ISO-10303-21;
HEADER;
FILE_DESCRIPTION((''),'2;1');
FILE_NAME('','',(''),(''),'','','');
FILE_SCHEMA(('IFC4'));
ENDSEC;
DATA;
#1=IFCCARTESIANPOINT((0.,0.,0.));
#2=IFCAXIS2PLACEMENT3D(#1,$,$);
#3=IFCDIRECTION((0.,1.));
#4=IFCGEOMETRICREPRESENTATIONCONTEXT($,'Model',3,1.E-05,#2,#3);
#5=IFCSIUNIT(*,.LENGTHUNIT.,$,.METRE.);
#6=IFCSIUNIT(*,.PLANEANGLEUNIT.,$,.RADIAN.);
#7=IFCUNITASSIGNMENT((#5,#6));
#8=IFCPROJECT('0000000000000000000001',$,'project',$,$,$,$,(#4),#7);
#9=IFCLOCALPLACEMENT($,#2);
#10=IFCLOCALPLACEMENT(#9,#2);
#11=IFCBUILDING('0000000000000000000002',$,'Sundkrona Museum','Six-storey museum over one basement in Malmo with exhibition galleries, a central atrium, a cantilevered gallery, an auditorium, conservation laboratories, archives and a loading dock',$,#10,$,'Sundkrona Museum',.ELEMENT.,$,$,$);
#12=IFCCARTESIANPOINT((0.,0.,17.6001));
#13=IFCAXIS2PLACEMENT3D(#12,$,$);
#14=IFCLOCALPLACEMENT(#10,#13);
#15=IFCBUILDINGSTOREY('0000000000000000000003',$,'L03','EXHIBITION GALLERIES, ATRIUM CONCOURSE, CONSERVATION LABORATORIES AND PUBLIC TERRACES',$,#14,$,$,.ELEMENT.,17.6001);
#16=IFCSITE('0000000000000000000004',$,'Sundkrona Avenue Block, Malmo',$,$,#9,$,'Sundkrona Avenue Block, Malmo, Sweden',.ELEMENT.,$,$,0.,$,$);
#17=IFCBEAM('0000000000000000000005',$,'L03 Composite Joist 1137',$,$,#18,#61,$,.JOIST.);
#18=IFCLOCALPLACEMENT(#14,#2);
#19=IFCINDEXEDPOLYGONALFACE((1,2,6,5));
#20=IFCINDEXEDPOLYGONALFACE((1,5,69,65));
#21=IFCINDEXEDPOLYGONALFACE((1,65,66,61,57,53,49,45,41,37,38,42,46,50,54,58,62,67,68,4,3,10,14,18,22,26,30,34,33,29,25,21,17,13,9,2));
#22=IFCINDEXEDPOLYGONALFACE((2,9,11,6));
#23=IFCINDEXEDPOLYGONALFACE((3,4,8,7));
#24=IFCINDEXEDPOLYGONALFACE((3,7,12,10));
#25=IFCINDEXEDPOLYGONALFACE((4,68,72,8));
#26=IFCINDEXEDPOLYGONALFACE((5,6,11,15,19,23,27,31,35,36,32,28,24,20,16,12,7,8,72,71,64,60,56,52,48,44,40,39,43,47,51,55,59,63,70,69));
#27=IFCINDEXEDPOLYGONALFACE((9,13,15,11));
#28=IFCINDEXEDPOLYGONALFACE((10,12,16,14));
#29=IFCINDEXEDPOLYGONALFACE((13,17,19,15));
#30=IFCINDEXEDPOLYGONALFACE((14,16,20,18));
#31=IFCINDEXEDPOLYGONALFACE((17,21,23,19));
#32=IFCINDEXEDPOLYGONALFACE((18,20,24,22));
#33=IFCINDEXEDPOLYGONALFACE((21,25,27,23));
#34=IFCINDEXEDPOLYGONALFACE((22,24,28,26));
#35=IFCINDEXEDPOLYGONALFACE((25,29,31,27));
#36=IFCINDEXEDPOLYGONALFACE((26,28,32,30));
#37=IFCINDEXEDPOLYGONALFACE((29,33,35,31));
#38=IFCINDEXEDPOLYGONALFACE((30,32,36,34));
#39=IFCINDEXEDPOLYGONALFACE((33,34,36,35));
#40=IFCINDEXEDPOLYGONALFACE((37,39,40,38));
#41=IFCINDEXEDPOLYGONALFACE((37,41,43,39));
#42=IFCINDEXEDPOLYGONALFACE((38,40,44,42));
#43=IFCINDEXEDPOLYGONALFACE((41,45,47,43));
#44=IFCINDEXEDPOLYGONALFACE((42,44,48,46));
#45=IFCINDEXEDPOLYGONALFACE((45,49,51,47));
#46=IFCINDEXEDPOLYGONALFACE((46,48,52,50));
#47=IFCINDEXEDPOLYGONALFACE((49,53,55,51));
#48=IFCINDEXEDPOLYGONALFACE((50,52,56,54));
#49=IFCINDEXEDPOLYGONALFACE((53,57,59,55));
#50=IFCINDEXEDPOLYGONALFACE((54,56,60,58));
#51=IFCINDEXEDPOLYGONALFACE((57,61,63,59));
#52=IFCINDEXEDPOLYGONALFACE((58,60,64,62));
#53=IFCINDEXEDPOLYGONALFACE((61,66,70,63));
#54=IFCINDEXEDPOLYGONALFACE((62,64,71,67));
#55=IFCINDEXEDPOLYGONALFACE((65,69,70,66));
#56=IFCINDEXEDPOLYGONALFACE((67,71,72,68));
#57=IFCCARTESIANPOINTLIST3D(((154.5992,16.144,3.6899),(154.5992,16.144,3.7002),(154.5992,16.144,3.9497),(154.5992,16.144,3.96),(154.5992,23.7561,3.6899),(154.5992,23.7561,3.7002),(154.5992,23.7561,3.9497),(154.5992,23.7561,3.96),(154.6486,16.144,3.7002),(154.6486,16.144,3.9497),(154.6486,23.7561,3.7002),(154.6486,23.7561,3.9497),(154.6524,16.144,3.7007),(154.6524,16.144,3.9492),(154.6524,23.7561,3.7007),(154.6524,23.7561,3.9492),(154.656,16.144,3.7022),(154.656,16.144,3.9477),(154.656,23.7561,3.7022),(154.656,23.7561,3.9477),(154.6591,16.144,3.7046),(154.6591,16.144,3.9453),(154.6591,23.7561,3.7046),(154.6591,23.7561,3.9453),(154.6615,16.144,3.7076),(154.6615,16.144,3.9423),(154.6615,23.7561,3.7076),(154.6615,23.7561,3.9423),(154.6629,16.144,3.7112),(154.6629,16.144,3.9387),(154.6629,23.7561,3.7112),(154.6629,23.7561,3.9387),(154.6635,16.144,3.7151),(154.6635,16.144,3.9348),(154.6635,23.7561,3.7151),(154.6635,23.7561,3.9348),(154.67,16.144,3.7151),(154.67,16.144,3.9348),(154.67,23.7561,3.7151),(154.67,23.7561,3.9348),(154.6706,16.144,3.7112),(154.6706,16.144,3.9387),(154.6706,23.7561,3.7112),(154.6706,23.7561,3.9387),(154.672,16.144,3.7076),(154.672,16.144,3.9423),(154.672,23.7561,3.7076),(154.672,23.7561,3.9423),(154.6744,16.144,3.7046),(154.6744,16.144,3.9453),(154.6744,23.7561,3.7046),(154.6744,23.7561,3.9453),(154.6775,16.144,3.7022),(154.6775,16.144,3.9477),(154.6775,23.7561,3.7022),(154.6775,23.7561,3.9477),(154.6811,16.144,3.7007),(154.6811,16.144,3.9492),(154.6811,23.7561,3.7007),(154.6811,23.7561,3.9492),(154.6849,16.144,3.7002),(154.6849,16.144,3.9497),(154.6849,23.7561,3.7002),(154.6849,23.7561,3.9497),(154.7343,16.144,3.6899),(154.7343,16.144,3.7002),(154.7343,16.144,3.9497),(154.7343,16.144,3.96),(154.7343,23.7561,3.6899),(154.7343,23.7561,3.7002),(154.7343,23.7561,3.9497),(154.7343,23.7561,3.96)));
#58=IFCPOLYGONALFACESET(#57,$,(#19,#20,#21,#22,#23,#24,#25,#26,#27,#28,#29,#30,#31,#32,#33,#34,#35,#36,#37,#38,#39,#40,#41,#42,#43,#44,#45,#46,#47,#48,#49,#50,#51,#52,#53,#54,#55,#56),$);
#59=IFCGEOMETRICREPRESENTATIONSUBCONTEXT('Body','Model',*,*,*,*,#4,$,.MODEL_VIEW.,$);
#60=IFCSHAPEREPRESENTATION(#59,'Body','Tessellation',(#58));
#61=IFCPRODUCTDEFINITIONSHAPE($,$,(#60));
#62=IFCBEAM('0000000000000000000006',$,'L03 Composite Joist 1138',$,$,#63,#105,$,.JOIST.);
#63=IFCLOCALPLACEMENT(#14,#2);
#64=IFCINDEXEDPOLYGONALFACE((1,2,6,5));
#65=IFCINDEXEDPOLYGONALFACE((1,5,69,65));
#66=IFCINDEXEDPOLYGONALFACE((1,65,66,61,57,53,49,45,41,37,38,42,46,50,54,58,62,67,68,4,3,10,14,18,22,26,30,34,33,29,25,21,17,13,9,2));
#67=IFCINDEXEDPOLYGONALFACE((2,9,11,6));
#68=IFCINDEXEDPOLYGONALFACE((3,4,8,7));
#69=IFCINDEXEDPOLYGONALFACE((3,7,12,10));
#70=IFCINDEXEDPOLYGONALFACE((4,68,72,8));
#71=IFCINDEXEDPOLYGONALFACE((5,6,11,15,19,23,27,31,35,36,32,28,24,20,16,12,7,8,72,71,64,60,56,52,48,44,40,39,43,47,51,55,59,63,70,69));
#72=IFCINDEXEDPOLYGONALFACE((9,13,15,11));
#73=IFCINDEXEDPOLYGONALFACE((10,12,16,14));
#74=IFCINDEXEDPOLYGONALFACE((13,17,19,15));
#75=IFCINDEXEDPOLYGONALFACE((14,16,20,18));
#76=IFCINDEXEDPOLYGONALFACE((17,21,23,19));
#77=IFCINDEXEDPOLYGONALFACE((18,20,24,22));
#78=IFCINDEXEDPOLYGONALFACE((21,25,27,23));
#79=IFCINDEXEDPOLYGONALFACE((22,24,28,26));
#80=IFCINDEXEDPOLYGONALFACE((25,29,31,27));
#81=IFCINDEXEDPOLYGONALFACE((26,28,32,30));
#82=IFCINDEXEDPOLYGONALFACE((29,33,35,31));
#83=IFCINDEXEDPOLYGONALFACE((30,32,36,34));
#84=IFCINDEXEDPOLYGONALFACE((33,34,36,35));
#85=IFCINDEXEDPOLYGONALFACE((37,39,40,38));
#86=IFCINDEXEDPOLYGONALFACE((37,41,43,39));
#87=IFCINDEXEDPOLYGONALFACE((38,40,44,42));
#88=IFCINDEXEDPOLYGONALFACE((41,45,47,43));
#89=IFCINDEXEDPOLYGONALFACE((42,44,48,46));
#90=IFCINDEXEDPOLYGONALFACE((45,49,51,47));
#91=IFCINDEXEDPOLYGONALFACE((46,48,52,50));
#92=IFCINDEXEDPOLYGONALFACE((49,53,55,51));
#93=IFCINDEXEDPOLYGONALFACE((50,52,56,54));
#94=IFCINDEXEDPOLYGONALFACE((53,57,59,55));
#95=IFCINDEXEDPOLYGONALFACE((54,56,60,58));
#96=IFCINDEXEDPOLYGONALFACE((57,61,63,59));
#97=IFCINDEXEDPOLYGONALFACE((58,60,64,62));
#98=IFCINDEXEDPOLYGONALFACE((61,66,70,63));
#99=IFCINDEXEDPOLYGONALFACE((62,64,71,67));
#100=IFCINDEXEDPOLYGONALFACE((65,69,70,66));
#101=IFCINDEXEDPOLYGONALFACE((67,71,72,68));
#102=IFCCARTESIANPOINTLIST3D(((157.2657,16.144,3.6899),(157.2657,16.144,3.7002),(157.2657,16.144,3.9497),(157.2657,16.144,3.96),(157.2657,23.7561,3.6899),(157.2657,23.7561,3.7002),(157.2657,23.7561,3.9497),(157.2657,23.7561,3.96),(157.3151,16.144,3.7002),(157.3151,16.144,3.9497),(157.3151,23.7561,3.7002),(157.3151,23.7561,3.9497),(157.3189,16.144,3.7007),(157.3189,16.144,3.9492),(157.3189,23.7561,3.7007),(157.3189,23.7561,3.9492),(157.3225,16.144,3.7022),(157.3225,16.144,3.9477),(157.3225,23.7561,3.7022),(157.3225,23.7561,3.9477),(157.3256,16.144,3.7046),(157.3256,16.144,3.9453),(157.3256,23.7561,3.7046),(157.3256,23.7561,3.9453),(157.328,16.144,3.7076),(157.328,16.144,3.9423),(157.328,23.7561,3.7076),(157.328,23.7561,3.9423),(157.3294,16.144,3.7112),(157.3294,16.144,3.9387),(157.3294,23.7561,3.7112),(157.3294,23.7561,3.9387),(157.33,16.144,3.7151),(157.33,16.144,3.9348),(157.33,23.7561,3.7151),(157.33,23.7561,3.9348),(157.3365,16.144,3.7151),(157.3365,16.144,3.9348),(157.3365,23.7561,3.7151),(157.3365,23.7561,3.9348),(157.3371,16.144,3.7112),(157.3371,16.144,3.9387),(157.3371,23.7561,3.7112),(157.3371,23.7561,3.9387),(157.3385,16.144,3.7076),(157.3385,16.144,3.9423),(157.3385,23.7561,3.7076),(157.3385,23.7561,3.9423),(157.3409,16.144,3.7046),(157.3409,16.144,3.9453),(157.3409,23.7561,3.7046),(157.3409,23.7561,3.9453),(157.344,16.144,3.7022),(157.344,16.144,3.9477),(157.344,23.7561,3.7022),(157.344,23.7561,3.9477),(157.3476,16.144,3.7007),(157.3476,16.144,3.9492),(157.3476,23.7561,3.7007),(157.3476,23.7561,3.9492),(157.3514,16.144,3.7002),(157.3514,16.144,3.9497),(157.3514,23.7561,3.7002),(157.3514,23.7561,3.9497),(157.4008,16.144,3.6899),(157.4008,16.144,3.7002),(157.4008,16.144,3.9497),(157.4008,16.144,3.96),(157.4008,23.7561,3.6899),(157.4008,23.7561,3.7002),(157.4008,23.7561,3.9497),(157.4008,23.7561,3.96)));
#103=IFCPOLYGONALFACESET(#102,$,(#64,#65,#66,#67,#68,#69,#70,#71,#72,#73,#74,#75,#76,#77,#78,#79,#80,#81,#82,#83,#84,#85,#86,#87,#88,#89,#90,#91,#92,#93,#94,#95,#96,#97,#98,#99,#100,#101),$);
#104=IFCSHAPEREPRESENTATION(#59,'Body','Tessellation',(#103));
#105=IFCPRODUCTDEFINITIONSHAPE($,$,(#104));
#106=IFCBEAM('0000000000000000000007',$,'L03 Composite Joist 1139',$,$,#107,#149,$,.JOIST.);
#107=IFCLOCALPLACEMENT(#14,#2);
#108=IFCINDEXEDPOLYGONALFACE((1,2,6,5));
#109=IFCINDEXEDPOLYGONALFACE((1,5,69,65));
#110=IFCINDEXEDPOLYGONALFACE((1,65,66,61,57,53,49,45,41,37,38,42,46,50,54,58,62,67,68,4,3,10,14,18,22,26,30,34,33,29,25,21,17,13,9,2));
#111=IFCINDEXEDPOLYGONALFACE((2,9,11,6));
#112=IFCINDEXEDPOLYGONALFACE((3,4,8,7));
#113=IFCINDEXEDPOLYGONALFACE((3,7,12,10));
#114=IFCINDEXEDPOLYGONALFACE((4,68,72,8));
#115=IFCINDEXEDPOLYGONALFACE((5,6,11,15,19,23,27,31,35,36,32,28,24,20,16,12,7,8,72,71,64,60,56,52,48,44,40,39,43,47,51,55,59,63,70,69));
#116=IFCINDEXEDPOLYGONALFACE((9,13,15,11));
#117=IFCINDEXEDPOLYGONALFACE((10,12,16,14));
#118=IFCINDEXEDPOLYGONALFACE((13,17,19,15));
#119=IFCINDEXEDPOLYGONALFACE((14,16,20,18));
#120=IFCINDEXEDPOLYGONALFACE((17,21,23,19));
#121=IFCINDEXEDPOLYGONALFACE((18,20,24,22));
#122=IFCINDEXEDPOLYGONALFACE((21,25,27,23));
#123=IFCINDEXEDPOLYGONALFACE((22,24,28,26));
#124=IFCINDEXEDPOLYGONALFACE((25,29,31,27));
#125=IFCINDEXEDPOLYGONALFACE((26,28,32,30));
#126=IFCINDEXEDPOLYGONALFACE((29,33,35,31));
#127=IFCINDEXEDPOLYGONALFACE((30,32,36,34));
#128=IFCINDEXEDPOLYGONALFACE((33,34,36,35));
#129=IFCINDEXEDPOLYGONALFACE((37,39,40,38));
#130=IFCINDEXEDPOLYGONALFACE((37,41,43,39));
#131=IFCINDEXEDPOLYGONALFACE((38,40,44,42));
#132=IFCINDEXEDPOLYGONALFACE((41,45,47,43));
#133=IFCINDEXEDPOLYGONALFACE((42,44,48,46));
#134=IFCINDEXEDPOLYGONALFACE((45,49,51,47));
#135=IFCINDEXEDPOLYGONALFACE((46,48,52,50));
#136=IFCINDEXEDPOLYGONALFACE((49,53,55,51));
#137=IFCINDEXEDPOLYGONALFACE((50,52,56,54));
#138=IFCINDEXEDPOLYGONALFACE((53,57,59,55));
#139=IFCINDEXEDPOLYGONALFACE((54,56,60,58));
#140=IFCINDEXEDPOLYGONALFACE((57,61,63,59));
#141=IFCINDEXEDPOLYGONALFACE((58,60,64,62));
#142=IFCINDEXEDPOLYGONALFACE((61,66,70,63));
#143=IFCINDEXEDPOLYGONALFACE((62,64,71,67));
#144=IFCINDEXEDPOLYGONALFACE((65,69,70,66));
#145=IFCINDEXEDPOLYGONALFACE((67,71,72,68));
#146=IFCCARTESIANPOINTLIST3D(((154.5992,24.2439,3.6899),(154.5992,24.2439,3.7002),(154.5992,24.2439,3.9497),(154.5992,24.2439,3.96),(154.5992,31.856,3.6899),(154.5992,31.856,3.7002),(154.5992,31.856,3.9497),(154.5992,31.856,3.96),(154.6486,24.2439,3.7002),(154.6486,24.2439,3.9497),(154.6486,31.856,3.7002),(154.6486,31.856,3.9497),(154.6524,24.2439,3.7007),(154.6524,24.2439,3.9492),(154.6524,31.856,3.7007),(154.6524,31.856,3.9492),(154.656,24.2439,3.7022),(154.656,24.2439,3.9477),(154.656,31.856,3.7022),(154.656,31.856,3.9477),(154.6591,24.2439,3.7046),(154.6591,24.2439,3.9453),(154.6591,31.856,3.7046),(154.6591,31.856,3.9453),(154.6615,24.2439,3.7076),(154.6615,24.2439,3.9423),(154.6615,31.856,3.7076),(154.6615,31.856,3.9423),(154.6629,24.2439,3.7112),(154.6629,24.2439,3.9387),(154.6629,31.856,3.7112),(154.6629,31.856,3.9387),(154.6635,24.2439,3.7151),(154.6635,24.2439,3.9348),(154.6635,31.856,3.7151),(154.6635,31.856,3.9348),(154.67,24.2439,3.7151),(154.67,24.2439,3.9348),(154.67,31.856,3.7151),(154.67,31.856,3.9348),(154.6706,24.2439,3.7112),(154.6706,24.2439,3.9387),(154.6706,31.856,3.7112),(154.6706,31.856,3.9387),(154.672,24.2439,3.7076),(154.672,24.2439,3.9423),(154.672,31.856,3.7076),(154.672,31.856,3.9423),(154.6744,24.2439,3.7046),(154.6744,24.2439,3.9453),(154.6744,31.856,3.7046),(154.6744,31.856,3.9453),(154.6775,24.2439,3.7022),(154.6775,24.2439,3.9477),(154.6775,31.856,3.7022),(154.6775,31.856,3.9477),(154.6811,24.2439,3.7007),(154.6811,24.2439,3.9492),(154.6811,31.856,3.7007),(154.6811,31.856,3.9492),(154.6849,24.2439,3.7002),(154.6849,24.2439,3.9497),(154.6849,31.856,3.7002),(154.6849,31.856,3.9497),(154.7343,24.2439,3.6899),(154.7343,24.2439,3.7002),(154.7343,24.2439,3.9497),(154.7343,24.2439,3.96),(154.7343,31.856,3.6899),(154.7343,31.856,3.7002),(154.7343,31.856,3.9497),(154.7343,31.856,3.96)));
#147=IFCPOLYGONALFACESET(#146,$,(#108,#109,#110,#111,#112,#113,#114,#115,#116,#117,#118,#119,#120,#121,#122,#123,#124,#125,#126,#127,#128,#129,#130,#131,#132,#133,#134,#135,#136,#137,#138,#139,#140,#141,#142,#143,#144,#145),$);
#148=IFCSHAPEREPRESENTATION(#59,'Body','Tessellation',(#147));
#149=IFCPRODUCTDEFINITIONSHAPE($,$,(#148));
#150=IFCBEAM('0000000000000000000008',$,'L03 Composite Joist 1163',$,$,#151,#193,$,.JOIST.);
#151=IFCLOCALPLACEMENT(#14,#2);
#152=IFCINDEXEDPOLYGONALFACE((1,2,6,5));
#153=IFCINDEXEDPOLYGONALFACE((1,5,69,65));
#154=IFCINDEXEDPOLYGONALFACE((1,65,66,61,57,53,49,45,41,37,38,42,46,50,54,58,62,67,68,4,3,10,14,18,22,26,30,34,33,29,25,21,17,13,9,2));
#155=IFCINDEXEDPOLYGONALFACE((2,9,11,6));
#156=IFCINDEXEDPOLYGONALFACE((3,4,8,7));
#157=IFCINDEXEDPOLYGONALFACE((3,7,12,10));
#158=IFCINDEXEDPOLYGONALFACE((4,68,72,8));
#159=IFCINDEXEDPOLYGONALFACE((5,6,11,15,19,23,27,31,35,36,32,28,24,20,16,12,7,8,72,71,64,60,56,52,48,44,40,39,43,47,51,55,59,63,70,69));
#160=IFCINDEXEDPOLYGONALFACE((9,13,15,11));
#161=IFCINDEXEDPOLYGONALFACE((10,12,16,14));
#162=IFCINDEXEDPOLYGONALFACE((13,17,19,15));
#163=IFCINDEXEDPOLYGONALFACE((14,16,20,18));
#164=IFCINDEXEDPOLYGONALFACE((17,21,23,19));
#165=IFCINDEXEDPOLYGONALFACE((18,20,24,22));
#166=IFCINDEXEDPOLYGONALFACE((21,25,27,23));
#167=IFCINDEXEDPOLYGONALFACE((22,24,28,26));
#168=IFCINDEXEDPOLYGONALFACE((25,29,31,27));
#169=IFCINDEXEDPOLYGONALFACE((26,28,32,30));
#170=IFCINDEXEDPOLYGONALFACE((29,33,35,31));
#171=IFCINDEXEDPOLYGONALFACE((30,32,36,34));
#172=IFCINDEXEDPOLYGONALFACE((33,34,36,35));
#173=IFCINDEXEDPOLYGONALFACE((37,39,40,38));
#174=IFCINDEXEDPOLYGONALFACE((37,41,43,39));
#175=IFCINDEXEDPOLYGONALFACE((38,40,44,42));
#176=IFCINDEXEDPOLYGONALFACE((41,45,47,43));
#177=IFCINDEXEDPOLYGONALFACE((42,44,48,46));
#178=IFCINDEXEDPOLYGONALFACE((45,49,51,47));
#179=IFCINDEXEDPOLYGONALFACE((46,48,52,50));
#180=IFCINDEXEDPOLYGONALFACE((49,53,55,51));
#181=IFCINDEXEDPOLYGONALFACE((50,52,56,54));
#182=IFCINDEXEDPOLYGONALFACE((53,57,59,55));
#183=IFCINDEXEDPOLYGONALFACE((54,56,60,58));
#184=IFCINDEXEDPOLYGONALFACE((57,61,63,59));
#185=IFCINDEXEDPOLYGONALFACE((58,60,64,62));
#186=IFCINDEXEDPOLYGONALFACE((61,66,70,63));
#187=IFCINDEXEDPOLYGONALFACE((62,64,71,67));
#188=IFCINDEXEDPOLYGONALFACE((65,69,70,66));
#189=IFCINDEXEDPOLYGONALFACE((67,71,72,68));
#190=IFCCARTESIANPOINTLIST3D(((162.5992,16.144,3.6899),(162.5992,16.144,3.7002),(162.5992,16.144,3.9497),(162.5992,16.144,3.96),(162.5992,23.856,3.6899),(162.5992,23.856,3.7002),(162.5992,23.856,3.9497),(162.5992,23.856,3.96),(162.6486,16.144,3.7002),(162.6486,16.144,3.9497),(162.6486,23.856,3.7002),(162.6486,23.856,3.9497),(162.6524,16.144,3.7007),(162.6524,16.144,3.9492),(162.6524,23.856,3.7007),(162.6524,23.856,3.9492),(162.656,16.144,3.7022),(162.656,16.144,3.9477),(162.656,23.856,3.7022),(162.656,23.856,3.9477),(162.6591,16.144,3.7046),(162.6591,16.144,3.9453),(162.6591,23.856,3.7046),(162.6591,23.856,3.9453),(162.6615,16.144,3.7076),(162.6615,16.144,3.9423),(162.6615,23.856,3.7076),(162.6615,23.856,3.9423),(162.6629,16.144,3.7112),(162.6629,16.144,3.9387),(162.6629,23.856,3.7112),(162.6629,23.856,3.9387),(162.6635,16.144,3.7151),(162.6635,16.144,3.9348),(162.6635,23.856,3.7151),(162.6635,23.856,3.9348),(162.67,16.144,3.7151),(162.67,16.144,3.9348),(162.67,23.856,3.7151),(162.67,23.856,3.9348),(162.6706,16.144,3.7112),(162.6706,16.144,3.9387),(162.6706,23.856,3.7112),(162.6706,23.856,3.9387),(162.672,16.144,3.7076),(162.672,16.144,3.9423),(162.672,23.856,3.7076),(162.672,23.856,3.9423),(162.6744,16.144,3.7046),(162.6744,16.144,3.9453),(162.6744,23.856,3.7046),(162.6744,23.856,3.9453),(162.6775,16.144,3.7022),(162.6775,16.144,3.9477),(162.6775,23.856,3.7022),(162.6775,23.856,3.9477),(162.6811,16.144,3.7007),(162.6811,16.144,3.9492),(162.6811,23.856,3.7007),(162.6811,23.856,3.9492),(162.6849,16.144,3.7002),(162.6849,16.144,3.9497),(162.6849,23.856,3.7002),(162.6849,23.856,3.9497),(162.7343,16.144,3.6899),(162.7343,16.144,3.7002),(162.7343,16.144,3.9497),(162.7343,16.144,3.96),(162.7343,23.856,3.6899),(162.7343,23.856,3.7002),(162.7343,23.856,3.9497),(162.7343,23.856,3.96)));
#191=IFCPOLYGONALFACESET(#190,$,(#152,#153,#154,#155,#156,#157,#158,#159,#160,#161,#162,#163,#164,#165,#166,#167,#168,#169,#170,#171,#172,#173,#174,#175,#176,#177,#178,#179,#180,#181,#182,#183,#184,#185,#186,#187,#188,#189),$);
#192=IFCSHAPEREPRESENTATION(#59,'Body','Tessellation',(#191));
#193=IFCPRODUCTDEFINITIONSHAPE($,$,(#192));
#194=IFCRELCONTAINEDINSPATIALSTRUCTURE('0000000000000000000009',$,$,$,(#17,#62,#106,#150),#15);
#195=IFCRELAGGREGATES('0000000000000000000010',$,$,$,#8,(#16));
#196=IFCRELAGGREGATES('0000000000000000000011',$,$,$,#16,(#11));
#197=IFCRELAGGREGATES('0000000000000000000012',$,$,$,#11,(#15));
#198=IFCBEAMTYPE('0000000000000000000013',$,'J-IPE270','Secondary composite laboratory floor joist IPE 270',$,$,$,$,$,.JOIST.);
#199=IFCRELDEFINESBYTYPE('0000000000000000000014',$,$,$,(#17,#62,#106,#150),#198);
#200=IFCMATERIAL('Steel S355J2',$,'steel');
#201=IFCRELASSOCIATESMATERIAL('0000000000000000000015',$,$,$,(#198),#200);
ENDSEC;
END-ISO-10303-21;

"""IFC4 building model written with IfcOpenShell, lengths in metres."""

from ifc_helpers import new_model, si_unit, direction, frame, origin, origin_2d, place, context, subcontext, project, spatial, i_section, extrude, material, material_profile, profile_set, type_object, element, save


model = new_model("IFC4")

# Units and contexts
model_context = context("Model", 3, precision=1e-05, world=origin(), true_north=direction((0.0, 1.0)))
body_context = subcontext(model_context, "Body", "Model", "MODEL_VIEW")
ifc_project = project(units=[si_unit("LENGTHUNIT", "METRE"), si_unit("PLANEANGLEUNIT", "RADIAN")], contexts=[model_context])

# Site, building, storey
site_placement = place(None, origin())
site = spatial("IfcSite", under=ifc_project, at=site_placement, Name="Sundkrona Avenue Block, Malmo", LongName="Sundkrona Avenue Block, Malmo, Sweden", CompositionType="ELEMENT", RefElevation=0.0)
building_placement = place(site_placement, origin())
building = spatial("IfcBuilding", under=site, at=building_placement, Name="Sundkrona Museum", Description="Six-storey museum over one basement in Malmo with exhibition galleries, a central atrium, a cantilevered gallery, an auditorium, conservation laboratories, archives and a loading dock", LongName="Sundkrona Museum", CompositionType="ELEMENT")
storey_placement = place(building_placement, frame((0.0, 0.0, 17.6001)))
storey = spatial("IfcBuildingStorey", under=building, at=storey_placement, Name="L03", Description="EXHIBITION GALLERIES, ATRIUM CONCOURSE, CONSERVATION LABORATORIES AND PUBLIC TERRACES", CompositionType="ELEMENT", Elevation=17.6001)

# Shared definitions
ifc_material_1 = material(Name="Steel S355J2", Category="steel")

# Beams
ifc_material_profile_1 = material_profile(ifc_material_1, i_section(OverallWidth=0.135, OverallDepth=0.27, WebThickness=0.0066, FlangeThickness=0.0103, FilletRadius=0.0149, at=origin_2d()), Name="IPE 270")
ifc_profile_set_1 = profile_set([ifc_material_profile_1], Name="Steel S355J2")
beam_type_1 = type_object("IfcBeamType", Name="J-IPE270", Description="Secondary composite laboratory floor joist IPE 270", PredefinedType="JOIST", material=ifc_profile_set_1)
for number, where, z_axis, x_axis, name in (
    (1, (154.6667, 16.144, 3.825), (0.0, 1.0, 0.0), (-1.0, 0.0, 0.0), "L03 Composite Joist 1137"),
    (2, (157.3333, 16.144, 3.825), (0.0, 1.0, 0.0), (-1.0, 0.0, 0.0), "L03 Composite Joist 1138"),
    (3, (154.6667, 24.2439, 3.825), (0.0, 1.0, 0.0), (-1.0, 0.0, 0.0), "L03 Composite Joist 1139"),
):
    element("IfcBeam", number, at=place(storey_placement, frame(where, z_axis=z_axis, x_axis=x_axis)), inside=storey, type_object=beam_type_1, Name=name, PredefinedType="JOIST", context=body_context, shape_type="SweptSolid", body=[
        extrude(i_section(OverallWidth=0.135, OverallDepth=0.27, WebThickness=0.0066, FlangeThickness=0.0103, FilletRadius=0.0149, at=origin_2d()), origin(), (0.0, 0.0, 1.0), 7.6121),
    ])
beam_1_placement = place(storey_placement, frame((162.6667, 16.144, 3.825), z_axis=(0.0, 1.0, 0.0), x_axis=(-1.0, 0.0, 0.0)))
element("IfcBeam", 4, at=beam_1_placement, inside=storey, type_object=beam_type_1, Name="L03 Composite Joist 1163", PredefinedType="JOIST", context=body_context, shape_type="SweptSolid", body=[
    extrude(i_section(OverallWidth=0.135, OverallDepth=0.27, WebThickness=0.0066, FlangeThickness=0.0103, FilletRadius=0.0149, at=origin_2d()), origin(), (0.0, 0.0, 1.0), 7.7119),
])

save(model, "model.ifc")
